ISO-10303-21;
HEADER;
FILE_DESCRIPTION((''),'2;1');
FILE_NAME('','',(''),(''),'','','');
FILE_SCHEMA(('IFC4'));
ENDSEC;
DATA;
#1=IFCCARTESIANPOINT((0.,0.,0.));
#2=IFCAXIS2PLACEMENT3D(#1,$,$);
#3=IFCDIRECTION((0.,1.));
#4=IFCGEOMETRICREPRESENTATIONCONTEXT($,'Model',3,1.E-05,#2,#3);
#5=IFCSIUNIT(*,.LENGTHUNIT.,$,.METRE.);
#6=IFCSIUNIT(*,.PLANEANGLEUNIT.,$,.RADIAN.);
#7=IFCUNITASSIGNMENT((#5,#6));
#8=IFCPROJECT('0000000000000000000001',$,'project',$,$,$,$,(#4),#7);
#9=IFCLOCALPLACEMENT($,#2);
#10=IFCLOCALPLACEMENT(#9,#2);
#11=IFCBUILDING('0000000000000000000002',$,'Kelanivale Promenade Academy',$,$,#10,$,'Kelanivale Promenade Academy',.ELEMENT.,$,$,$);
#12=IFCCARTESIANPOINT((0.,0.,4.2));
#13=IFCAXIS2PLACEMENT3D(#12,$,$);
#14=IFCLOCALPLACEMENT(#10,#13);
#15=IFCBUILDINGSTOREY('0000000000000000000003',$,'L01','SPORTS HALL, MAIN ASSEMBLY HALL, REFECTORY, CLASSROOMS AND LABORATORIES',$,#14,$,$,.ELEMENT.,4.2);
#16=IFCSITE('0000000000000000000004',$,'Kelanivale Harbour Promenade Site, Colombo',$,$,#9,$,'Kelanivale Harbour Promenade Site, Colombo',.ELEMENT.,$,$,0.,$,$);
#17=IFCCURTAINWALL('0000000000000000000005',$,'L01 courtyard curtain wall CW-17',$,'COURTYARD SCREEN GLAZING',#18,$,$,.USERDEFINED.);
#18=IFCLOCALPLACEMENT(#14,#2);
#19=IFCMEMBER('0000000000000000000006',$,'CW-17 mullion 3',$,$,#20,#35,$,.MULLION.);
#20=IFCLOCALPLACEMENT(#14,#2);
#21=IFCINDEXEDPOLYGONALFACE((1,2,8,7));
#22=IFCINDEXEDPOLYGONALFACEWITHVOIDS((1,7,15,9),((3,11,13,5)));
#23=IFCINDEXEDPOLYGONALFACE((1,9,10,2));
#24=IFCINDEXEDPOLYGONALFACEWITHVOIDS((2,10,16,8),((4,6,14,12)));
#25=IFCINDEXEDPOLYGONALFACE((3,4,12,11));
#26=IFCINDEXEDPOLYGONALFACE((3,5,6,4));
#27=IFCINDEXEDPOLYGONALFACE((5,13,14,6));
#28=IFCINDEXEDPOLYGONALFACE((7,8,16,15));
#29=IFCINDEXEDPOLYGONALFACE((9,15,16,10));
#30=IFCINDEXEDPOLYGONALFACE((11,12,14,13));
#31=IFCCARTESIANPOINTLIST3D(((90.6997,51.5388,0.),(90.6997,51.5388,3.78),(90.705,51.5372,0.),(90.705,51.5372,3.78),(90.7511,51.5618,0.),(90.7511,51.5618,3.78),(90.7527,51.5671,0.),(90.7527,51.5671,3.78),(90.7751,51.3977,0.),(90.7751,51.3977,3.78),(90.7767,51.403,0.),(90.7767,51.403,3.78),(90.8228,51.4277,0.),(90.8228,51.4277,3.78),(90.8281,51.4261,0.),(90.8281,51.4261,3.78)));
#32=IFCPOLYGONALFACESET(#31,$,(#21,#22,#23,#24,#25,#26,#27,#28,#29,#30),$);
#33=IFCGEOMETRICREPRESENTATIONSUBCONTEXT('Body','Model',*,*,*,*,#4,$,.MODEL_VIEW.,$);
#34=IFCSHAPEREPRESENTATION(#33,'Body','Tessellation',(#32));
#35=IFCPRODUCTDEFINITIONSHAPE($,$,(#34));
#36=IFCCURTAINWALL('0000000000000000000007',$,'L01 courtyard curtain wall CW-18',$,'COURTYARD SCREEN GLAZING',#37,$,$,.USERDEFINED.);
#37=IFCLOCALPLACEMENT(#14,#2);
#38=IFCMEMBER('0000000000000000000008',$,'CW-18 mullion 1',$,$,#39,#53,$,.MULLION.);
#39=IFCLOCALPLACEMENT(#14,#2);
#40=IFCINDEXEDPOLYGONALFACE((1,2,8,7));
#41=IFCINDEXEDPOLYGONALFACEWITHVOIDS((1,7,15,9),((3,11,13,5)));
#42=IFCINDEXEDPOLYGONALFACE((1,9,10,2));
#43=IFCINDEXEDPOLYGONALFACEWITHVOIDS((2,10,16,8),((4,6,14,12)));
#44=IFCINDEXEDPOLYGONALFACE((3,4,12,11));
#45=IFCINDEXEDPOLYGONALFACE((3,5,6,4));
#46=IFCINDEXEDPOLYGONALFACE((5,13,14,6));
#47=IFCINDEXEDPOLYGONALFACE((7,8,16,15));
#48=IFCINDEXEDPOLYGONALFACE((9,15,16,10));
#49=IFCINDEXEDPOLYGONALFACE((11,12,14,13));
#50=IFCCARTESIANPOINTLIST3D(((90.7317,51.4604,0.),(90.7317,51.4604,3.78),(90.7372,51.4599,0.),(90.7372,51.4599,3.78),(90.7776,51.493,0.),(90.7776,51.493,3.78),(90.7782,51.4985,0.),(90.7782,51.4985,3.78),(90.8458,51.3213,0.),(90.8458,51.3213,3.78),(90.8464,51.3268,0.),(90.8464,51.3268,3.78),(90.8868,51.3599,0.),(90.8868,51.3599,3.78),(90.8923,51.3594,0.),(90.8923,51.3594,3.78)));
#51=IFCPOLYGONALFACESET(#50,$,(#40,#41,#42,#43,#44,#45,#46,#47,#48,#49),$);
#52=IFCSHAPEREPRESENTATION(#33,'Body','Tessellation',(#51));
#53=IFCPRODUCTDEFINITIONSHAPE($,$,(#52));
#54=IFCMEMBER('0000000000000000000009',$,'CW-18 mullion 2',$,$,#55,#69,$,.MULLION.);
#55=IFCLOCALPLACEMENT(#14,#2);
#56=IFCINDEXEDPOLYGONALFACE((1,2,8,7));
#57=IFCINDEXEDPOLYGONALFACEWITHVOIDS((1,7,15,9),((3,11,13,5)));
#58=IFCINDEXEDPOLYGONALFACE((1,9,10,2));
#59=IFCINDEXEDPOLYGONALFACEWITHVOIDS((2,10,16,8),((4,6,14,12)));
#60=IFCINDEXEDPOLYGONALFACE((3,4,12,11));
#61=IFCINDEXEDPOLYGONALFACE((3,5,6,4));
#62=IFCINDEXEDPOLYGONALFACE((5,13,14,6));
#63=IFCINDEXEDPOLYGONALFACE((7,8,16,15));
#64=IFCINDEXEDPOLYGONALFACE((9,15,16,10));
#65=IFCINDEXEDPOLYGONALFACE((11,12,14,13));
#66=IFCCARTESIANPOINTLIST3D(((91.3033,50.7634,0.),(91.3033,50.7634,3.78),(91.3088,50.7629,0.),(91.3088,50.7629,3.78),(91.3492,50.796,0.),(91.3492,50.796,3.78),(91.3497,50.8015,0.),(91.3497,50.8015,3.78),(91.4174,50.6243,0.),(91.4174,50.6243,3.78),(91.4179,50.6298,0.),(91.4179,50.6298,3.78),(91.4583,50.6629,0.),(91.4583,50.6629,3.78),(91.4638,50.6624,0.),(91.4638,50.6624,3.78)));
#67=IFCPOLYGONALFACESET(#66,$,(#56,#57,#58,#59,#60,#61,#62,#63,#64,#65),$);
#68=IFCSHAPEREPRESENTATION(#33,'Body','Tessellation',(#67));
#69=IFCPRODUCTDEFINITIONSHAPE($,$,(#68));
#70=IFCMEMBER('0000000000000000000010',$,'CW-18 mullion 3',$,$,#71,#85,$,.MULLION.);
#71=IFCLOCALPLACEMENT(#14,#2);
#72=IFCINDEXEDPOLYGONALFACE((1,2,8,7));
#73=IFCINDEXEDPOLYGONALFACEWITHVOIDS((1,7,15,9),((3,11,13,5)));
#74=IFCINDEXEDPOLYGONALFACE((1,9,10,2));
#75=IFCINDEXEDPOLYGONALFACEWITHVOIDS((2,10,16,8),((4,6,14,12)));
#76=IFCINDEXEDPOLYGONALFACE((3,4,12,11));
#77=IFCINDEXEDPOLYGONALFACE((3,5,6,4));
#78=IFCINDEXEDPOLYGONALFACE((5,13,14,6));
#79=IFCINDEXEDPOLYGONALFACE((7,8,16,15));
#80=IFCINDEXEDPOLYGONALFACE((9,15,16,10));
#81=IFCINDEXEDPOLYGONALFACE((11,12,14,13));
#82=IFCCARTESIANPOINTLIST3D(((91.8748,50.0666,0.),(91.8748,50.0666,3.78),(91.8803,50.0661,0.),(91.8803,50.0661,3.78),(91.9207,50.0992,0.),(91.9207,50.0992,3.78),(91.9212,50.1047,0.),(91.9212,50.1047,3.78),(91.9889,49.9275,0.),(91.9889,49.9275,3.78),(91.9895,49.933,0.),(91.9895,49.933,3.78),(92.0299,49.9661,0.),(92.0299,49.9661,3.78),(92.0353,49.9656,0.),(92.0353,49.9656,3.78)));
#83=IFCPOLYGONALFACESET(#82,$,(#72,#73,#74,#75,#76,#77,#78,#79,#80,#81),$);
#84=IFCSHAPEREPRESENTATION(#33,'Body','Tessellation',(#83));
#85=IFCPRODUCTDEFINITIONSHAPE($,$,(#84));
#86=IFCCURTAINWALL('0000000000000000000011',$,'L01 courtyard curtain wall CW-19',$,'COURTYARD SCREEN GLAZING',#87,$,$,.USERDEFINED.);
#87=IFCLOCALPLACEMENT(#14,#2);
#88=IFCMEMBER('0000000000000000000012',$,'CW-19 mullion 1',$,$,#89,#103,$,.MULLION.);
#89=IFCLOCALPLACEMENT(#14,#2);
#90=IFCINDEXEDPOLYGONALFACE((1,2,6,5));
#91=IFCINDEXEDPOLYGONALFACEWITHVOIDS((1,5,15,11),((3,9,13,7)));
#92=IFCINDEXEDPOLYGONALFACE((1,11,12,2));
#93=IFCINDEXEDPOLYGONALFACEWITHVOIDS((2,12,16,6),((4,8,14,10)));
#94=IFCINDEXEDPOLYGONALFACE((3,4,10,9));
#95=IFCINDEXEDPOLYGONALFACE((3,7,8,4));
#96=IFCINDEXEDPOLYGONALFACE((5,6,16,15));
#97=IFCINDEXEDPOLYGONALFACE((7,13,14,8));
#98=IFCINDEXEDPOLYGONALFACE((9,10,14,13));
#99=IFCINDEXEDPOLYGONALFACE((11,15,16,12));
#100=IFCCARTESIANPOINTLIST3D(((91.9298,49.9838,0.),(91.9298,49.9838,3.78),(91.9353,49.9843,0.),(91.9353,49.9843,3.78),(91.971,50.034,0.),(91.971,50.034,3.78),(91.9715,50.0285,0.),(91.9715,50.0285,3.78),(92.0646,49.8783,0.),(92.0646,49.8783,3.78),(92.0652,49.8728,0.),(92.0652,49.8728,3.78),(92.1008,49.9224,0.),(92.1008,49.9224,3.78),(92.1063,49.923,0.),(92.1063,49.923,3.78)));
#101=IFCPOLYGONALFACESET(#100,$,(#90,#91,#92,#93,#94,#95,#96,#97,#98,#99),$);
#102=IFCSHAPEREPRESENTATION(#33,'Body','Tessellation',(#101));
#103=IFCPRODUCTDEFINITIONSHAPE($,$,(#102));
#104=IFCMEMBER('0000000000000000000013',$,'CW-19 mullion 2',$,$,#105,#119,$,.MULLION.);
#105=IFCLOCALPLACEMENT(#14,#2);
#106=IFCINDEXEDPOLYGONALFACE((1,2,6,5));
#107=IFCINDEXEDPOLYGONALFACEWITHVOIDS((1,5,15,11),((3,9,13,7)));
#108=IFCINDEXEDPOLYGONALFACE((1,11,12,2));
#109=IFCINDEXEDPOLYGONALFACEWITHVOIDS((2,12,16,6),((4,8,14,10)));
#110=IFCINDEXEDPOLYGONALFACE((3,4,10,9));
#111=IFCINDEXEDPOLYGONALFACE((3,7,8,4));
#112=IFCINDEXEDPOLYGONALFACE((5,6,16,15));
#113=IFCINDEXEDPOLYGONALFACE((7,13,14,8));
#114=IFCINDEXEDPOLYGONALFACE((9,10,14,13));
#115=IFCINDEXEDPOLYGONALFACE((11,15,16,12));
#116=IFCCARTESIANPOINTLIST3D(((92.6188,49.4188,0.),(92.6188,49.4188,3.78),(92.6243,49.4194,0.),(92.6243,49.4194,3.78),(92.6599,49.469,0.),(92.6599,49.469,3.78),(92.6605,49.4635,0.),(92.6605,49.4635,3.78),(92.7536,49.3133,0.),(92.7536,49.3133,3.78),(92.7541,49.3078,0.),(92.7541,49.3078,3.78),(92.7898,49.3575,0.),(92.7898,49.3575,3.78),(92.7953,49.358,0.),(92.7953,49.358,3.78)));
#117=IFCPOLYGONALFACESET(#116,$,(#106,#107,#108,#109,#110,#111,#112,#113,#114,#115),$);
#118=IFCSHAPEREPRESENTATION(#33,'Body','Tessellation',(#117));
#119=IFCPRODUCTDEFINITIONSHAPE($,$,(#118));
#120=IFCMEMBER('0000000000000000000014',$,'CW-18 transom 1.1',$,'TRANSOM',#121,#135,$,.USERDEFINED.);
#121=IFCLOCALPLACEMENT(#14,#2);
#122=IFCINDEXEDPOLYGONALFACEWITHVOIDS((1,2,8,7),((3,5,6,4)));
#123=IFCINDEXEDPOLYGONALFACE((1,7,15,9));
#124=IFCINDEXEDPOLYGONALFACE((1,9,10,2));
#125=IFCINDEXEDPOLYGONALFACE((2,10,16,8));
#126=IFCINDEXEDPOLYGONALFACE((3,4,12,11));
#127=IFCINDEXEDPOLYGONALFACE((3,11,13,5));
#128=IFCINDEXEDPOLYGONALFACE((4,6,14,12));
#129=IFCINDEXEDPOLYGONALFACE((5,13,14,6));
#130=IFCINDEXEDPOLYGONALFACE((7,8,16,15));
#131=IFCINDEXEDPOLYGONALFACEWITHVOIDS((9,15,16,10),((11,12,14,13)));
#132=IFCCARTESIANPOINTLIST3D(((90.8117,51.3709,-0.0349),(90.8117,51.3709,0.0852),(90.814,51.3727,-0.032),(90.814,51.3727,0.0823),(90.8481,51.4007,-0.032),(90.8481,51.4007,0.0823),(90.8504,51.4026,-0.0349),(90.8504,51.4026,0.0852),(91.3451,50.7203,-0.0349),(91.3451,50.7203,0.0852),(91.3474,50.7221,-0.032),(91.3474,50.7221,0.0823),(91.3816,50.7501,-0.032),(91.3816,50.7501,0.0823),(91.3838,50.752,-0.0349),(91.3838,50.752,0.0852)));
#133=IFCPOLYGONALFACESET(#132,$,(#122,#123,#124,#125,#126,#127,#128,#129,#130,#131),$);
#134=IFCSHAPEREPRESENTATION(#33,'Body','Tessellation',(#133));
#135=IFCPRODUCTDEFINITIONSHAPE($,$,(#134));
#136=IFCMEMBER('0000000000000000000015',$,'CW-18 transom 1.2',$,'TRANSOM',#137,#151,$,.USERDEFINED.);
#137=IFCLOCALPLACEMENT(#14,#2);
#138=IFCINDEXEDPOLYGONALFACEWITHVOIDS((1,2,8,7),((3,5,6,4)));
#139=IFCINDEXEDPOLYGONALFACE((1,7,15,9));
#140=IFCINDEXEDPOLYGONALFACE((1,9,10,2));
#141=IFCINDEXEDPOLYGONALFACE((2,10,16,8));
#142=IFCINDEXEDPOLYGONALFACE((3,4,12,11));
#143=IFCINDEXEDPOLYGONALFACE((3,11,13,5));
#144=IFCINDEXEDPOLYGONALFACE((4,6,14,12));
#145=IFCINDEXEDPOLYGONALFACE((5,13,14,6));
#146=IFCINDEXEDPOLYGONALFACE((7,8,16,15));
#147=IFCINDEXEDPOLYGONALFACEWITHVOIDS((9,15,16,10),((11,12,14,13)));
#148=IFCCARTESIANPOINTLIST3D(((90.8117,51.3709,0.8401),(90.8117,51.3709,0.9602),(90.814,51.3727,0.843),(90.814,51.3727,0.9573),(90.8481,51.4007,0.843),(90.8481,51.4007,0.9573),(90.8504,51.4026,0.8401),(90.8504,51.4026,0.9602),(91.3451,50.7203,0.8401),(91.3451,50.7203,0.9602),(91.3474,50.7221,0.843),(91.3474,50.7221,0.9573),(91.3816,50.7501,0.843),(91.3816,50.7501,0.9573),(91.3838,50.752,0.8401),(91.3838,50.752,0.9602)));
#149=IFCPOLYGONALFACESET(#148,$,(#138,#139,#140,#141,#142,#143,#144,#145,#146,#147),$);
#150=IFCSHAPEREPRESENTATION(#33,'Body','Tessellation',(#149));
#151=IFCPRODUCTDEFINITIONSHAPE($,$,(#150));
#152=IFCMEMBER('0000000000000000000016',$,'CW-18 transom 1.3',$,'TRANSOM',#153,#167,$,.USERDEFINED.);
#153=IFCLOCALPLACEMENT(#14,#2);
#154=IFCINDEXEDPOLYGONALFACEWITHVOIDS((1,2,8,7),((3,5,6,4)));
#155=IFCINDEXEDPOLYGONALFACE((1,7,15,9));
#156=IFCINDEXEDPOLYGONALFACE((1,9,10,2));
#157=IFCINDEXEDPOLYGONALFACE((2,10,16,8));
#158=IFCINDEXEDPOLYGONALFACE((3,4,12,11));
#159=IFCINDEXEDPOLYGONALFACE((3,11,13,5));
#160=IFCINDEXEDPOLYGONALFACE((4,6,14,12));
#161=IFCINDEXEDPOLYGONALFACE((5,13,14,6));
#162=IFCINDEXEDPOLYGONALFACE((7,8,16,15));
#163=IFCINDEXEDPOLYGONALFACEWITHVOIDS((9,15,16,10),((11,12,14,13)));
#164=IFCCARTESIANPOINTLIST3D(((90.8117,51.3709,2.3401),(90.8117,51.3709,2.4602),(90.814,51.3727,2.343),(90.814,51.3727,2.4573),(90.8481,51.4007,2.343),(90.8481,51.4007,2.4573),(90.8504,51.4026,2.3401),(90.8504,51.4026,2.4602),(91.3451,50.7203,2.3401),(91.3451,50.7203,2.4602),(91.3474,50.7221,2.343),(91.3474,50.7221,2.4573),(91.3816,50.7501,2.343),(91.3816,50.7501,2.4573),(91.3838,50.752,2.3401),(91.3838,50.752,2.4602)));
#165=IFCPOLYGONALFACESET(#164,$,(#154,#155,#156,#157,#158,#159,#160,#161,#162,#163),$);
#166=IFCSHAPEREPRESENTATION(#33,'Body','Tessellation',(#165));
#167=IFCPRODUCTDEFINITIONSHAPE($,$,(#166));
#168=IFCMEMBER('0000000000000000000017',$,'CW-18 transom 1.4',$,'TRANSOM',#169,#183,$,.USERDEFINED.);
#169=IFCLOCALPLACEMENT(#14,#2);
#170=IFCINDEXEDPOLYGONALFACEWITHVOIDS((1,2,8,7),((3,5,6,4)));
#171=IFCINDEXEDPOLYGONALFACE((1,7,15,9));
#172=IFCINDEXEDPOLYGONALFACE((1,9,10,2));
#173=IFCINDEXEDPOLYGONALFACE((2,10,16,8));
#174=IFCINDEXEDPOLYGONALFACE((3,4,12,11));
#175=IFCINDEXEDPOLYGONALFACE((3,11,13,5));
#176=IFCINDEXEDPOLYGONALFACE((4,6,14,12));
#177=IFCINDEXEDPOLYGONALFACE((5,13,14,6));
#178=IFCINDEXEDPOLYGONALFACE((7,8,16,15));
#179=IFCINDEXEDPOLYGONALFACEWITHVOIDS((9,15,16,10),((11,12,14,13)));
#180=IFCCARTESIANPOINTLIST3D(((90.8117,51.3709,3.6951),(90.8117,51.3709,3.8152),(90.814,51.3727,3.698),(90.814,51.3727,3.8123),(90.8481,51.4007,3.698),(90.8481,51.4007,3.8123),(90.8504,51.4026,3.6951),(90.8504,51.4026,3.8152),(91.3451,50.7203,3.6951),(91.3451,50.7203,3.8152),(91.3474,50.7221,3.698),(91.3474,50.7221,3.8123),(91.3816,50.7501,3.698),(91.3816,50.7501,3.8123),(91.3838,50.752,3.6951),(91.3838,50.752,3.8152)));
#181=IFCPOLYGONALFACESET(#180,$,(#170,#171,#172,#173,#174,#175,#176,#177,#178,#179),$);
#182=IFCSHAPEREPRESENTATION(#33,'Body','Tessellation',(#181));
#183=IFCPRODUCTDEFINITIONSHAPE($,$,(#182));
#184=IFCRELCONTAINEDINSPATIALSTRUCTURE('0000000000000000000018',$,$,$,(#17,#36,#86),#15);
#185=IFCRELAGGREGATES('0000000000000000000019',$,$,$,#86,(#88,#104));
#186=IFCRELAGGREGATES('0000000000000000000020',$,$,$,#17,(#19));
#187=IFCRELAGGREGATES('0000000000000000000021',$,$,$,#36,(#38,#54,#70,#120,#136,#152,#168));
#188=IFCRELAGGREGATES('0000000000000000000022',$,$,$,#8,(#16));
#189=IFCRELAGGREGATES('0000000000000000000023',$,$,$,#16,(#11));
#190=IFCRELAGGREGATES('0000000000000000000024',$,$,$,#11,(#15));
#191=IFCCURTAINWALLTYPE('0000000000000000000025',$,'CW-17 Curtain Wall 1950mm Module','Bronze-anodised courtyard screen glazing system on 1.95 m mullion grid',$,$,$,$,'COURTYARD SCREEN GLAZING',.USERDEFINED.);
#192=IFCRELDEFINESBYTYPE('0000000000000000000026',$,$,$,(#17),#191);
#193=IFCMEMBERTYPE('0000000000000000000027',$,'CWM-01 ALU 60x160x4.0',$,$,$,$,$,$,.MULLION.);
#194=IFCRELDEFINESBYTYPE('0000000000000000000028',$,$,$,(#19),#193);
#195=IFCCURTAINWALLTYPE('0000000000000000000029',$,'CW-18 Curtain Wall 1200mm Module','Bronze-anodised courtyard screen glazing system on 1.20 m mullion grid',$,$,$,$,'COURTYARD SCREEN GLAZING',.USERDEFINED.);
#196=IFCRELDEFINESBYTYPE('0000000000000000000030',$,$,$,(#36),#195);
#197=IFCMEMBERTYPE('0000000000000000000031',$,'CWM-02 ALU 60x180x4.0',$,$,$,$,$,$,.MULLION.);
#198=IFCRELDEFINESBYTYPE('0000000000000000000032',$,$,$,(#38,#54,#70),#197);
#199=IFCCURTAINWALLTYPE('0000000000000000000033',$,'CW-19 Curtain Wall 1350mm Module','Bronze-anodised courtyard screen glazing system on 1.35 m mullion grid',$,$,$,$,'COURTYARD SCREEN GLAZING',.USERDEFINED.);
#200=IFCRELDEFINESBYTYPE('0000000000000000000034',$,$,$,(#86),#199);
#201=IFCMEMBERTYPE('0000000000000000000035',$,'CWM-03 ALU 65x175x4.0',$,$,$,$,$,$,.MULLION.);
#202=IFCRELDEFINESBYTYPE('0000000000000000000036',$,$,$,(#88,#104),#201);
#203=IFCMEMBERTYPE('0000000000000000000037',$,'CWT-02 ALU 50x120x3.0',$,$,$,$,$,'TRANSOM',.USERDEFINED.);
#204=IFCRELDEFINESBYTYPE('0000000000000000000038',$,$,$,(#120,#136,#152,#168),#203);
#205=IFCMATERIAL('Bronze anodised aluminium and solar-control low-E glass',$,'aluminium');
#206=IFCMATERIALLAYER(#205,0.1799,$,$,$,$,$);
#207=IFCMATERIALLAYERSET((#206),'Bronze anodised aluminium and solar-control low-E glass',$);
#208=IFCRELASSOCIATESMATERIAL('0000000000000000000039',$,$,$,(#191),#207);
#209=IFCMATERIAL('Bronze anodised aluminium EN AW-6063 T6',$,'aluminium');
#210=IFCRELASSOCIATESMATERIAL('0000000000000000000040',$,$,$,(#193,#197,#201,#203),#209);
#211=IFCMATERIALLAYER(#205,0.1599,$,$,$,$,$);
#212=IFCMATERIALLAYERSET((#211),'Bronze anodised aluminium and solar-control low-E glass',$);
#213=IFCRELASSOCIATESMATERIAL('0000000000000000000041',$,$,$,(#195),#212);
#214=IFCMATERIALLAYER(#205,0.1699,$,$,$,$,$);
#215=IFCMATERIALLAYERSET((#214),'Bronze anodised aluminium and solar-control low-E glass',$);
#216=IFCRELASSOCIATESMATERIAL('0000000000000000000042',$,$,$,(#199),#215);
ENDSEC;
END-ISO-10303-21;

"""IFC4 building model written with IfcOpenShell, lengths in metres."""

from ifc_helpers import new_model, si_unit, direction, frame, origin, origin_2d, place, context, subcontext, project, spatial, hollow_rectangle, extrude, material, layer, layer_set, material_profile, profile_set, type_object, element, aggregate, save


model = new_model("IFC4")

# Units and contexts
model_context = context("Model", 3, precision=1e-05, world=origin(), true_north=direction((0.0, 1.0)))
body_context = subcontext(model_context, "Body", "Model", "MODEL_VIEW")
ifc_project = project(units=[si_unit("LENGTHUNIT", "METRE"), si_unit("PLANEANGLEUNIT", "RADIAN")], contexts=[model_context])

# Site, building, storey
site_placement = place(None, origin())
site = spatial("IfcSite", under=ifc_project, at=site_placement, Name="Kelanivale Harbour Promenade Site, Colombo", LongName="Kelanivale Harbour Promenade Site, Colombo", CompositionType="ELEMENT", RefElevation=0.0)
building_placement = place(site_placement, origin())
building = spatial("IfcBuilding", under=site, at=building_placement, Name="Kelanivale Promenade Academy", LongName="Kelanivale Promenade Academy", CompositionType="ELEMENT")
storey_placement = place(building_placement, frame((0.0, 0.0, 4.2)))
storey = spatial("IfcBuildingStorey", under=building, at=storey_placement, Name="L01", Description="SPORTS HALL, MAIN ASSEMBLY HALL, REFECTORY, CLASSROOMS AND LABORATORIES", CompositionType="ELEMENT", Elevation=4.2)

# Curtain wall, member
ifc_material_1 = material(Name="Bronze anodised aluminium and solar-control low-E glass", Category="aluminium")
ifc_layer_1 = layer(ifc_material_1, 0.1799)
ifc_layer_set_1 = layer_set([ifc_layer_1], Name="Bronze anodised aluminium and solar-control low-E glass")
curtain_wall_type_1 = type_object("IfcCurtainWallType", Name="CW-17 Curtain Wall 1950mm Module", Description="Bronze-anodised courtyard screen glazing system on 1.95 m mullion grid", ElementType="COURTYARD SCREEN GLAZING", PredefinedType="USERDEFINED", material=ifc_layer_set_1)
curtain_wall_1_placement = place(storey_placement, origin())
curtain_wall_1 = element("IfcCurtainWall", 1, at=curtain_wall_1_placement, inside=storey, type_object=curtain_wall_type_1, Name="L01 courtyard curtain wall CW-17", ObjectType="COURTYARD SCREEN GLAZING", PredefinedType="USERDEFINED")
ifc_material_2 = material(Name="Bronze anodised aluminium EN AW-6063 T6", Category="aluminium")
ifc_material_profile_1 = material_profile(ifc_material_2, hollow_rectangle(XDim=0.0601, YDim=0.1599, WallThickness=0.0039, at=origin_2d()), Name="ALU 60x160x4.0")
ifc_profile_set_1 = profile_set([ifc_material_profile_1], Name="Bronze anodised aluminium EN AW-6063 T6")
member_type_1 = type_object("IfcMemberType", Name="CWM-01 ALU 60x160x4.0", PredefinedType="MULLION", material=ifc_profile_set_1)
member_1_placement = place(storey_placement, frame((90.7639, 51.4824, 0.0), z_axis=(0.0, 0.0, 1.0), x_axis=(0.881978, 0.47129, 0.0)))
member_1 = element("IfcMember", 2, at=member_1_placement, type_object=member_type_1, Name="CW-17 mullion 3", PredefinedType="MULLION", context=body_context, shape_type="SweptSolid", body=[
    extrude(hollow_rectangle(XDim=0.0601, YDim=0.1599, WallThickness=0.0039, at=origin_2d()), origin(), (0.0, 0.0, 1.0), 3.78),
])

# Curtain walls, members
ifc_layer_2 = layer(ifc_material_1, 0.1599)
ifc_layer_set_2 = layer_set([ifc_layer_2], Name="Bronze anodised aluminium and solar-control low-E glass")
curtain_wall_type_2 = type_object("IfcCurtainWallType", Name="CW-18 Curtain Wall 1200mm Module", Description="Bronze-anodised courtyard screen glazing system on 1.20 m mullion grid", ElementType="COURTYARD SCREEN GLAZING", PredefinedType="USERDEFINED", material=ifc_layer_set_2)
curtain_wall_2_placement = place(storey_placement, origin())
curtain_wall_2 = element("IfcCurtainWall", 3, at=curtain_wall_2_placement, inside=storey, type_object=curtain_wall_type_2, Name="L01 courtyard curtain wall CW-18", ObjectType="COURTYARD SCREEN GLAZING", PredefinedType="USERDEFINED")
ifc_material_profile_2 = material_profile(ifc_material_2, hollow_rectangle(XDim=0.0601, YDim=0.1799, WallThickness=0.0039, at=origin_2d()), Name="ALU 60x180x4.0")
ifc_profile_set_2 = profile_set([ifc_material_profile_2], Name="Bronze anodised aluminium EN AW-6063 T6")
member_type_2 = type_object("IfcMemberType", Name="CWM-02 ALU 60x180x4.0", PredefinedType="MULLION", material=ifc_profile_set_2)
member_2_placement = place(storey_placement, frame((90.812, 51.4099, 0.0), z_axis=(0.0, 0.0, 1.0), x_axis=(0.773215, 0.634144, 0.0)))
member_2 = element("IfcMember", 4, at=member_2_placement, type_object=member_type_2, Name="CW-18 mullion 1", PredefinedType="MULLION", context=body_context, shape_type="SweptSolid", body=[
    extrude(hollow_rectangle(XDim=0.0601, YDim=0.1799, WallThickness=0.0039, at=origin_2d()), origin(), (0.0, 0.0, 1.0), 3.78),
])
member_3_placement = place(storey_placement, frame((91.3835, 50.7129, 0.0), z_axis=(0.0, 0.0, 1.0), x_axis=(0.773215, 0.634144, 0.0)))
member_3 = element("IfcMember", 5, at=member_3_placement, type_object=member_type_2, Name="CW-18 mullion 2", PredefinedType="MULLION", context=body_context, shape_type="SweptSolid", body=[
    extrude(hollow_rectangle(XDim=0.0601, YDim=0.1799, WallThickness=0.0039, at=origin_2d()), origin(), (0.0, 0.0, 1.0), 3.78),
])
member_4_placement = place(storey_placement, frame((91.9551, 50.0161, 0.0), z_axis=(0.0, 0.0, 1.0), x_axis=(0.773215, 0.634144, 0.0)))
member_4 = element("IfcMember", 6, at=member_4_placement, type_object=member_type_2, Name="CW-18 mullion 3", PredefinedType="MULLION", context=body_context, shape_type="SweptSolid", body=[
    extrude(hollow_rectangle(XDim=0.0601, YDim=0.1799, WallThickness=0.0039, at=origin_2d()), origin(), (0.0, 0.0, 1.0), 3.78),
])
ifc_layer_3 = layer(ifc_material_1, 0.1699)
ifc_layer_set_3 = layer_set([ifc_layer_3], Name="Bronze anodised aluminium and solar-control low-E glass")
curtain_wall_type_3 = type_object("IfcCurtainWallType", Name="CW-19 Curtain Wall 1350mm Module", Description="Bronze-anodised courtyard screen glazing system on 1.35 m mullion grid", ElementType="COURTYARD SCREEN GLAZING", PredefinedType="USERDEFINED", material=ifc_layer_set_3)
curtain_wall_3_placement = place(storey_placement, origin())
curtain_wall_3 = element("IfcCurtainWall", 7, at=curtain_wall_3_placement, inside=storey, type_object=curtain_wall_type_3, Name="L01 courtyard curtain wall CW-19", ObjectType="COURTYARD SCREEN GLAZING", PredefinedType="USERDEFINED")
ifc_material_profile_3 = material_profile(ifc_material_2, hollow_rectangle(XDim=0.0649, YDim=0.175, WallThickness=0.0039, at=origin_2d()), Name="ALU 65x175x4.0")
ifc_profile_set_3 = profile_set([ifc_material_profile_3], Name="Bronze anodised aluminium EN AW-6063 T6")
member_type_3 = type_object("IfcMemberType", Name="CWM-03 ALU 65x175x4.0", PredefinedType="MULLION", material=ifc_profile_set_3)
member_5_placement = place(storey_placement, frame((92.0181, 49.9534, 0.0), z_axis=(0.0, 0.0, 1.0), x_axis=(0.634093, 0.773257, 0.0)))
member_5 = element("IfcMember", 8, at=member_5_placement, type_object=member_type_3, Name="CW-19 mullion 1", PredefinedType="MULLION", context=body_context, shape_type="SweptSolid", body=[
    extrude(hollow_rectangle(XDim=0.0649, YDim=0.175, WallThickness=0.0039, at=origin_2d()), origin(), (0.0, 0.0, 1.0), 3.78),
])
member_6_placement = place(storey_placement, frame((92.707, 49.3884, 0.0), z_axis=(0.0, 0.0, 1.0), x_axis=(0.634093, 0.773257, 0.0)))
member_6 = element("IfcMember", 9, at=member_6_placement, type_object=member_type_3, Name="CW-19 mullion 2", PredefinedType="MULLION", context=body_context, shape_type="SweptSolid", body=[
    extrude(hollow_rectangle(XDim=0.0649, YDim=0.175, WallThickness=0.0039, at=origin_2d()), origin(), (0.0, 0.0, 1.0), 3.78),
])

# Members
ifc_material_profile_4 = material_profile(ifc_material_2, hollow_rectangle(XDim=0.05, YDim=0.1201, WallThickness=0.0029, at=origin_2d()), Name="ALU 50x120x3.0")
ifc_profile_set_4 = profile_set([ifc_material_profile_4], Name="Bronze anodised aluminium EN AW-6063 T6")
member_type_4 = type_object("IfcMemberType", Name="CWT-02 ALU 50x120x3.0", ElementType="TRANSOM", PredefinedType="USERDEFINED", material=ifc_profile_set_4)
member_7_placement = place(storey_placement, frame((90.8311, 51.3867, 0.0251), z_axis=(0.634028, -0.77331, 0.0), x_axis=(0.77331, 0.634028, 0.0)))
member_7 = element("IfcMember", 10, at=member_7_placement, type_object=member_type_4, Name="CW-18 transom 1.1", ObjectType="TRANSOM", PredefinedType="USERDEFINED", context=body_context, shape_type="SweptSolid", body=[
    extrude(hollow_rectangle(XDim=0.05, YDim=0.1201, WallThickness=0.0029, at=origin_2d()), origin(), (0.0, 0.0, 1.0), 0.8413),
])
member_8_placement = place(storey_placement, frame((90.8311, 51.3867, 0.9001), z_axis=(0.634028, -0.77331, 0.0), x_axis=(0.77331, 0.634028, 0.0)))
member_8 = element("IfcMember", 11, at=member_8_placement, type_object=member_type_4, Name="CW-18 transom 1.2", ObjectType="TRANSOM", PredefinedType="USERDEFINED", context=body_context, shape_type="SweptSolid", body=[
    extrude(hollow_rectangle(XDim=0.05, YDim=0.1201, WallThickness=0.0029, at=origin_2d()), origin(), (0.0, 0.0, 1.0), 0.8413),
])
member_9_placement = place(storey_placement, frame((90.8311, 51.3867, 2.4001), z_axis=(0.634028, -0.77331, 0.0), x_axis=(0.77331, 0.634028, 0.0)))
member_9 = element("IfcMember", 12, at=member_9_placement, type_object=member_type_4, Name="CW-18 transom 1.3", ObjectType="TRANSOM", PredefinedType="USERDEFINED", context=body_context, shape_type="SweptSolid", body=[
    extrude(hollow_rectangle(XDim=0.05, YDim=0.1201, WallThickness=0.0029, at=origin_2d()), origin(), (0.0, 0.0, 1.0), 0.8413),
])
member_10_placement = place(storey_placement, frame((90.8311, 51.3867, 3.7551), z_axis=(0.634028, -0.77331, 0.0), x_axis=(0.77331, 0.634028, 0.0)))
member_10 = element("IfcMember", 13, at=member_10_placement, type_object=member_type_4, Name="CW-18 transom 1.4", ObjectType="TRANSOM", PredefinedType="USERDEFINED", context=body_context, shape_type="SweptSolid", body=[
    extrude(hollow_rectangle(XDim=0.05, YDim=0.1201, WallThickness=0.0029, at=origin_2d()), origin(), (0.0, 0.0, 1.0), 0.8413),
])

aggregate(curtain_wall_3, [member_5, member_6])
aggregate(curtain_wall_1, [member_1])
aggregate(curtain_wall_2, [member_2, member_3, member_4, member_7, member_8, member_9, member_10])

save(model, "model.ifc")
